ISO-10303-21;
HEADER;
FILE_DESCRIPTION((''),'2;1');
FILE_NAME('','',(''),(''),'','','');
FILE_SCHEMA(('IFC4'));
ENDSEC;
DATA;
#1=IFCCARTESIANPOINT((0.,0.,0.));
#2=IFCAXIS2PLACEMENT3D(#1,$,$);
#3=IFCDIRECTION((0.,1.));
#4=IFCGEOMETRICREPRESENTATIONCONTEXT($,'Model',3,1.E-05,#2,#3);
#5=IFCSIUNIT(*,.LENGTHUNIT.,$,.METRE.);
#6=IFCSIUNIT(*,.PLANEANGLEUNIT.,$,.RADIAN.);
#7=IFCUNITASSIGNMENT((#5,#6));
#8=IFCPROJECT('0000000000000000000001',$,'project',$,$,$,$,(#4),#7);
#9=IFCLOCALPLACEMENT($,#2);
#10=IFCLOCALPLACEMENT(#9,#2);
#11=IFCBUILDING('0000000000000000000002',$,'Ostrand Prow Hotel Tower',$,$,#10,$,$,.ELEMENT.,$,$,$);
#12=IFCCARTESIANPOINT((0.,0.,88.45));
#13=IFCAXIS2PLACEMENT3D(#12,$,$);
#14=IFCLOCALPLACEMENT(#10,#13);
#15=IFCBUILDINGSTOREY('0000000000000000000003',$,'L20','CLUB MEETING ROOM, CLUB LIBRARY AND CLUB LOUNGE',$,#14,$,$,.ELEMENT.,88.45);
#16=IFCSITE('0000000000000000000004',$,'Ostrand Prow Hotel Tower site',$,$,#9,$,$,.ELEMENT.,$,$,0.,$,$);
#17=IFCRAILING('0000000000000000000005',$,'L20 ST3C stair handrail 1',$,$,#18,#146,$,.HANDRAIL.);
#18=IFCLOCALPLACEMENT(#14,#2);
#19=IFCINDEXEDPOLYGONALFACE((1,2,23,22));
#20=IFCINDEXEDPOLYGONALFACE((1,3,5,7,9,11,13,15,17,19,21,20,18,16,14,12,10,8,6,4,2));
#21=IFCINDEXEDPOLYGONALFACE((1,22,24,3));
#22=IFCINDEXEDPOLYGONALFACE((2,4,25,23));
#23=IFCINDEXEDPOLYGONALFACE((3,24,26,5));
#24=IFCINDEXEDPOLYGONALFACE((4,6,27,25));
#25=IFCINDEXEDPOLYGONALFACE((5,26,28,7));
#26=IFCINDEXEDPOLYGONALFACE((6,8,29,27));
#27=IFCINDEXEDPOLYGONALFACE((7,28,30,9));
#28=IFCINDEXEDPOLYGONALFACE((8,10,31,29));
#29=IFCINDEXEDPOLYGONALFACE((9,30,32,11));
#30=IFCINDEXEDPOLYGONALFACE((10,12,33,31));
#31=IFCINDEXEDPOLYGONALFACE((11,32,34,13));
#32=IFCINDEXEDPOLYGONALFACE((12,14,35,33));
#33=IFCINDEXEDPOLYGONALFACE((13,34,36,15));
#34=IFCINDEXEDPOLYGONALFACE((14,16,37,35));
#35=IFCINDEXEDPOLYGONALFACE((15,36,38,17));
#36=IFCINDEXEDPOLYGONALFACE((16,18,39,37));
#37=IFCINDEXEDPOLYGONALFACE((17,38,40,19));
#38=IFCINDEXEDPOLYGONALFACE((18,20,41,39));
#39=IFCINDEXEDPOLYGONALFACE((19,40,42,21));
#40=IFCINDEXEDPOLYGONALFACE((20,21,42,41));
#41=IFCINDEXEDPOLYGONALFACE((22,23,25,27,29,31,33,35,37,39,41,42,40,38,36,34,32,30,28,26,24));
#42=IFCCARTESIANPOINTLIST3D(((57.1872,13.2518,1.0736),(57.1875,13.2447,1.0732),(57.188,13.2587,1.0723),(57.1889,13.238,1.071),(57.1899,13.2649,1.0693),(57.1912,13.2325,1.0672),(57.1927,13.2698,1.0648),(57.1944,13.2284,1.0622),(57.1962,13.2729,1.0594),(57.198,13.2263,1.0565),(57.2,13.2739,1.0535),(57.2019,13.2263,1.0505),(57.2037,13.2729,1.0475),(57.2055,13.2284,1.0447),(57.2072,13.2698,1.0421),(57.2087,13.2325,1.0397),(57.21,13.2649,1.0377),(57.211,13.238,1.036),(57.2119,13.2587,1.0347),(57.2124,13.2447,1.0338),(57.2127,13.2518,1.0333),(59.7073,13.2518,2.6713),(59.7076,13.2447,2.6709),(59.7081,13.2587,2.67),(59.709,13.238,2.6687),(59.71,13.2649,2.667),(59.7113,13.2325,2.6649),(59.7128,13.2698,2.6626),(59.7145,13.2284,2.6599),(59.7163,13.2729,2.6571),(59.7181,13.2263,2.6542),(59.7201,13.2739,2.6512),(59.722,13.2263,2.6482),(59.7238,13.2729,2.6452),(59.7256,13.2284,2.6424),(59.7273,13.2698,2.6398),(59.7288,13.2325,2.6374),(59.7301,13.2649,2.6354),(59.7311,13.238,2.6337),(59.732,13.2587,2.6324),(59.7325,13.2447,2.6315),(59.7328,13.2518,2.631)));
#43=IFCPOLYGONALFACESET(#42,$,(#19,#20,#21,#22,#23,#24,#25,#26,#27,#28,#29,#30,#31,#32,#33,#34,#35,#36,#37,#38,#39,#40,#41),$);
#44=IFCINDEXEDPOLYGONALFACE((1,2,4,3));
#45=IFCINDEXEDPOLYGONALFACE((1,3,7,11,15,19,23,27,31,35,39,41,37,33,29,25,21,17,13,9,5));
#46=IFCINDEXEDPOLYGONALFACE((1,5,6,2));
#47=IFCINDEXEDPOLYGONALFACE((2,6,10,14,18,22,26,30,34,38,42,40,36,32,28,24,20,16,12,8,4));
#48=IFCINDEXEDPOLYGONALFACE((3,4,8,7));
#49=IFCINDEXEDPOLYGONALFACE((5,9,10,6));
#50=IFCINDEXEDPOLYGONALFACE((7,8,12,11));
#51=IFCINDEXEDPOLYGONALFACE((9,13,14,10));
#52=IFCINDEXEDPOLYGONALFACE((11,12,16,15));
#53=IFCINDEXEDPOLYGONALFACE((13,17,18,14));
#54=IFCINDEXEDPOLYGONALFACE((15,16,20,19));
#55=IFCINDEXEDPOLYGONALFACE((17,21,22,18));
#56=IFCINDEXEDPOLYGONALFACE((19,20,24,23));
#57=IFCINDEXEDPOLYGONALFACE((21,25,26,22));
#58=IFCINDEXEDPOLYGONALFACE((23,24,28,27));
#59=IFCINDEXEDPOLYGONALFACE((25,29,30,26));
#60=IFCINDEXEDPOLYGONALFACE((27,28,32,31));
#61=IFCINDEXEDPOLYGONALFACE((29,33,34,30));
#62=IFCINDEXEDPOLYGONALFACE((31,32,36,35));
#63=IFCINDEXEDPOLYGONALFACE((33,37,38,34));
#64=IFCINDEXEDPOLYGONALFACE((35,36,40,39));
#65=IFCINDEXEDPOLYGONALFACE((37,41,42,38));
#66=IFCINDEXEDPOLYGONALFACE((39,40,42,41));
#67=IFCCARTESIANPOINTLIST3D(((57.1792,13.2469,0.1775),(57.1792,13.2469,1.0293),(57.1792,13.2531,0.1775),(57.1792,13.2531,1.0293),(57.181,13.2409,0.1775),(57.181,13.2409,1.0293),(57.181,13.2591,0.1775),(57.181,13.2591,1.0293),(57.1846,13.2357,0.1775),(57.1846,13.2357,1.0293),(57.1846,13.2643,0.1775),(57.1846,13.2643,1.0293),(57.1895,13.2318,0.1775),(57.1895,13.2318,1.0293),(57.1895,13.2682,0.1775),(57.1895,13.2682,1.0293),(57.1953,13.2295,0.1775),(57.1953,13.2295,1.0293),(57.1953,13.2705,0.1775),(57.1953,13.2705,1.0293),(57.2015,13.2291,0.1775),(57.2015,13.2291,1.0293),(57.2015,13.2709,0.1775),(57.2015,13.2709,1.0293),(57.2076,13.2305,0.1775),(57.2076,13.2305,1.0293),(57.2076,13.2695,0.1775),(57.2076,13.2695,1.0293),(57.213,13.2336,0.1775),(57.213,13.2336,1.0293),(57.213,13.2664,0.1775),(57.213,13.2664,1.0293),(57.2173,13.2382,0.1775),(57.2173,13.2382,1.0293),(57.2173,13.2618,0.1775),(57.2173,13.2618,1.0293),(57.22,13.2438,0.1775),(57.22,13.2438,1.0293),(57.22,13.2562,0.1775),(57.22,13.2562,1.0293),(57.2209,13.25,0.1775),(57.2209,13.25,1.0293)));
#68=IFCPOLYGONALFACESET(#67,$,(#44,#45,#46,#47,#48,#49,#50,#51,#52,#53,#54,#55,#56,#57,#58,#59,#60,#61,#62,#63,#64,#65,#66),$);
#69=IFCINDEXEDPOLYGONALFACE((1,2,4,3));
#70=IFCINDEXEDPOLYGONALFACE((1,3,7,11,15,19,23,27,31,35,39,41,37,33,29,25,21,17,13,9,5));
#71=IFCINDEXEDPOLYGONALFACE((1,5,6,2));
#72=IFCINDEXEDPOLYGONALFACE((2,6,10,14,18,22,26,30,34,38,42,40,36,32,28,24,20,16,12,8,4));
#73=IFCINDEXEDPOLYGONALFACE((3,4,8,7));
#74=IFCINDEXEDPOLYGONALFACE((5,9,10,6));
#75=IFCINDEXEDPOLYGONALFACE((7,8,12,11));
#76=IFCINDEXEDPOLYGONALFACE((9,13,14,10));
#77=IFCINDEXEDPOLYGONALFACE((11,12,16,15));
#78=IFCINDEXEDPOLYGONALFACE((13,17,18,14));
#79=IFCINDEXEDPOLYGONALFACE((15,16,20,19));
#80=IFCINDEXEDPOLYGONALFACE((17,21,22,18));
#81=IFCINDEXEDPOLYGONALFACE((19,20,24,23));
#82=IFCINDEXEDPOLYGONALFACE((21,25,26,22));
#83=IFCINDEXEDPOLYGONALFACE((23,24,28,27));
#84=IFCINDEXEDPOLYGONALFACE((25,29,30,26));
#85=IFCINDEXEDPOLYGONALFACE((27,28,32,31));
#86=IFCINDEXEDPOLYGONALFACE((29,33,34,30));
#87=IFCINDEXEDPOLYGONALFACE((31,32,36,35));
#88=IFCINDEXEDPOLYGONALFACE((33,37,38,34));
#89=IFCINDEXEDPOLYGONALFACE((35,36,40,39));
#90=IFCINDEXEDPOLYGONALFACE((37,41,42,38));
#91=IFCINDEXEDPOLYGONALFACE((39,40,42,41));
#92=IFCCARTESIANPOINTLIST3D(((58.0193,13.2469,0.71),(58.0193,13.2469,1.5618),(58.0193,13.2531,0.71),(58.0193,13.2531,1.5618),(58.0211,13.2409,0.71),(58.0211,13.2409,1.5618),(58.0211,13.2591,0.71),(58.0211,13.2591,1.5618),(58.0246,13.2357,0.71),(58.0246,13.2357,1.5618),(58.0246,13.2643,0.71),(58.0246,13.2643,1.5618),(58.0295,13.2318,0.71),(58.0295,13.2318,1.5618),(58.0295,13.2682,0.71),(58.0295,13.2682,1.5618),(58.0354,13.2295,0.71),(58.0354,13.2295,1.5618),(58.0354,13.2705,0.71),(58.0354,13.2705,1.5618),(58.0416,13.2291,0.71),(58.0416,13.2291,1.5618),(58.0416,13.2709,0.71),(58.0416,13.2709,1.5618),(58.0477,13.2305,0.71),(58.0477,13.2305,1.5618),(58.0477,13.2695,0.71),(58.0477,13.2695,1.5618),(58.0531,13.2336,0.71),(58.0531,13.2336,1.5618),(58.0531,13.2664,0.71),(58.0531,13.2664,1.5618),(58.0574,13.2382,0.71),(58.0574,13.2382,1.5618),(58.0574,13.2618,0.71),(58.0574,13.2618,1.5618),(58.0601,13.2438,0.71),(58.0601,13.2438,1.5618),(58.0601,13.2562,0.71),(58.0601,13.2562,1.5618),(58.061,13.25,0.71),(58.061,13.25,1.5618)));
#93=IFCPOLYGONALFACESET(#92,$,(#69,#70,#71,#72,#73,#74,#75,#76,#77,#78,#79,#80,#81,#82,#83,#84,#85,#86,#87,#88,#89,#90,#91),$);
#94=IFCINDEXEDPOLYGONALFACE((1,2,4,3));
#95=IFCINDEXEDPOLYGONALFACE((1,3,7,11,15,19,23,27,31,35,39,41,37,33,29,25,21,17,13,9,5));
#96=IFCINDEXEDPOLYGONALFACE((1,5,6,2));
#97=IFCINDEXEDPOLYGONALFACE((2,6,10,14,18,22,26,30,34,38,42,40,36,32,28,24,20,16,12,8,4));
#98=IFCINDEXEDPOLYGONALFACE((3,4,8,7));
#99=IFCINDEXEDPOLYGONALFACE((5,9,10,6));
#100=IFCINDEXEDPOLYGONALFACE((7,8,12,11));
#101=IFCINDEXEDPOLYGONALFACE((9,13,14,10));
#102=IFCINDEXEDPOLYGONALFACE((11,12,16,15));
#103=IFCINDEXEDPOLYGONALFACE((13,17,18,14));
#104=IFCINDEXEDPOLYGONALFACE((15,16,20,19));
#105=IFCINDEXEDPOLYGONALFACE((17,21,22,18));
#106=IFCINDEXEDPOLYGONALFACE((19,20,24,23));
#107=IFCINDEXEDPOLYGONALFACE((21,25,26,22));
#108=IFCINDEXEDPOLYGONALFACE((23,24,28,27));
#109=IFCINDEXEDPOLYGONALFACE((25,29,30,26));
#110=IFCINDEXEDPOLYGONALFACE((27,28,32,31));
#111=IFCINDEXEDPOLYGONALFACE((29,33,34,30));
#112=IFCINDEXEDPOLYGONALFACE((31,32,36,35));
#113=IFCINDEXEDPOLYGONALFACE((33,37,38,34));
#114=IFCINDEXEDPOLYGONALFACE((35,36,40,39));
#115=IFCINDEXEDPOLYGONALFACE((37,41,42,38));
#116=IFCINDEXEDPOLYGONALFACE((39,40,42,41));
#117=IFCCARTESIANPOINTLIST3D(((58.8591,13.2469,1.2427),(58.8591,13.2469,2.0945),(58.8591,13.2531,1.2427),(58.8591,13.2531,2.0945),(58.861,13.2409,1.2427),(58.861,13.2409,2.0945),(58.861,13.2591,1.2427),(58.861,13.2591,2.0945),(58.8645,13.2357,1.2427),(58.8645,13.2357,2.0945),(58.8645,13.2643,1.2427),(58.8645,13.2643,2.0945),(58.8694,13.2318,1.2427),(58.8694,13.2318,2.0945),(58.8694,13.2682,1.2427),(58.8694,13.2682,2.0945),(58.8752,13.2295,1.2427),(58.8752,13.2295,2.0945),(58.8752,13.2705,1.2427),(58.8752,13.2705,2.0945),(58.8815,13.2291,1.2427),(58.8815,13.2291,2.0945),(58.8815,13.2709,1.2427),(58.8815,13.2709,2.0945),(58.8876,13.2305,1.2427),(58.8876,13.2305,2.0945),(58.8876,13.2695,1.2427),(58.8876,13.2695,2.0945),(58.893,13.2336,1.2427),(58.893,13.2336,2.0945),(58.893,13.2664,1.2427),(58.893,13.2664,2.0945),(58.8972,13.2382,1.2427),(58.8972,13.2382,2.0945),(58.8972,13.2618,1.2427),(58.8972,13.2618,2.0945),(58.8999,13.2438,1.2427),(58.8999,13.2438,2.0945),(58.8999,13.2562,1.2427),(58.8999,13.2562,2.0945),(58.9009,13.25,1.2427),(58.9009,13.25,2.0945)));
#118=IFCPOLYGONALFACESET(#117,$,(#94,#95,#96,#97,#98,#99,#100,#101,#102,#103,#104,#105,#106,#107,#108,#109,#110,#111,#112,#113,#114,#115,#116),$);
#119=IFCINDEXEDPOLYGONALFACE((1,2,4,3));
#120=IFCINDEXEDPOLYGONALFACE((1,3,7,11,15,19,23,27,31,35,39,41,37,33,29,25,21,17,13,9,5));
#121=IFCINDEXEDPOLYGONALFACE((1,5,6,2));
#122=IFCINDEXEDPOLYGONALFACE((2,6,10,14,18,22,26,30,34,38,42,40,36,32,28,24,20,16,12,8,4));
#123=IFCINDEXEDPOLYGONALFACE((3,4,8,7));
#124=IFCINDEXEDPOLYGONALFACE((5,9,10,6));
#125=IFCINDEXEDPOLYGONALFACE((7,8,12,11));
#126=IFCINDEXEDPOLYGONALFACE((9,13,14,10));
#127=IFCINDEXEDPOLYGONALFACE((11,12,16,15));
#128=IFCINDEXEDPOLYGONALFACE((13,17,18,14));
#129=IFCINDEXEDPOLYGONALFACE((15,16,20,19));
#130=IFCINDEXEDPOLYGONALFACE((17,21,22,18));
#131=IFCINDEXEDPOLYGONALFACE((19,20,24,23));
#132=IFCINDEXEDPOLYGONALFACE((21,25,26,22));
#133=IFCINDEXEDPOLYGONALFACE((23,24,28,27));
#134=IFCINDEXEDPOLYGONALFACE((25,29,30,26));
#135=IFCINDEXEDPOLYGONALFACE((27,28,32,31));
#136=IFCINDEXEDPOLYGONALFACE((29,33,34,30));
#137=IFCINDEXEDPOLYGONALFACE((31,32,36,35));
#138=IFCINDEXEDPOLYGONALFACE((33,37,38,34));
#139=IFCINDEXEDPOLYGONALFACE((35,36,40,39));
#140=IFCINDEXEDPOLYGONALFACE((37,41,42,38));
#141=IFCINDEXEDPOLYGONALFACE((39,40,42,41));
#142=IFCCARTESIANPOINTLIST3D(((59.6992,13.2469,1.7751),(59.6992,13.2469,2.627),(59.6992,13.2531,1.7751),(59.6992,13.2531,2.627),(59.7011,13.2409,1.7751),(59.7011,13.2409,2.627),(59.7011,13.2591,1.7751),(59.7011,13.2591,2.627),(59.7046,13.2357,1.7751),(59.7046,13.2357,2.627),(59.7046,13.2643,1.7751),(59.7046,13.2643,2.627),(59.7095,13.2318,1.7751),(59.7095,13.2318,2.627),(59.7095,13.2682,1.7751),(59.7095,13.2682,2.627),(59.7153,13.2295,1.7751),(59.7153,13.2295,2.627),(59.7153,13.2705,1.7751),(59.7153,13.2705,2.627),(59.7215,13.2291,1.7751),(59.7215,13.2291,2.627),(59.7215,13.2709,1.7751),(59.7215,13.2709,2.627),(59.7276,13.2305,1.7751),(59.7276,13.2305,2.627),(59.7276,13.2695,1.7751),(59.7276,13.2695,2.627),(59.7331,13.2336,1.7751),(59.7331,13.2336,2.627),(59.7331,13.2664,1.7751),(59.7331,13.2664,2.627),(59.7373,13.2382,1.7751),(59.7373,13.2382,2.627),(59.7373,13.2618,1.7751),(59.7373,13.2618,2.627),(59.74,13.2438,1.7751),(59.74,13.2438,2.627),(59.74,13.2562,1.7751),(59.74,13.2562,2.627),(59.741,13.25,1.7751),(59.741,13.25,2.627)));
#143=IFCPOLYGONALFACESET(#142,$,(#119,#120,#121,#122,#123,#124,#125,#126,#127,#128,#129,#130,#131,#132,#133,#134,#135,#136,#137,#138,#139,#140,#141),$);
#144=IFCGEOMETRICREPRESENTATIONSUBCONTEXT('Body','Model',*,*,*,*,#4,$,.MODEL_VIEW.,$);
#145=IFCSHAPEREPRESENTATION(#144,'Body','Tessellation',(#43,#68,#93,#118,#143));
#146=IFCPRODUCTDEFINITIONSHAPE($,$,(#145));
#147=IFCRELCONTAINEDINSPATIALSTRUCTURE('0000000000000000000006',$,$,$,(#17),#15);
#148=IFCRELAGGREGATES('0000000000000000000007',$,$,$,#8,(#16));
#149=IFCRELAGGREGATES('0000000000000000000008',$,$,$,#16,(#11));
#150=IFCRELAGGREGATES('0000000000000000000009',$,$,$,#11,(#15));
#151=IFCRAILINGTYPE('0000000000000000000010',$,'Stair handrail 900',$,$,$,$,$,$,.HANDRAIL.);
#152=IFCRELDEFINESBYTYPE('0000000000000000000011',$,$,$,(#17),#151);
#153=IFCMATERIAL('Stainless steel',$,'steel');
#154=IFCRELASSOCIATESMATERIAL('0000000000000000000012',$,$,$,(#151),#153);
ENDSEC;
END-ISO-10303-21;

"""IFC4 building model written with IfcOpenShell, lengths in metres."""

from ifc_helpers import new_model, si_unit, direction, frame, origin, origin_2d, place, context, subcontext, project, spatial, circle, extrude, material, type_object, element, save


model = new_model("IFC4")

# Units and contexts
model_context = context("Model", 3, precision=1e-05, world=origin(), true_north=direction((0.0, 1.0)))
body_context = subcontext(model_context, "Body", "Model", "MODEL_VIEW")
ifc_project = project(units=[si_unit("LENGTHUNIT", "METRE"), si_unit("PLANEANGLEUNIT", "RADIAN")], contexts=[model_context])

# Site, building, storey
site_placement = place(None, origin())
site = spatial("IfcSite", under=ifc_project, at=site_placement, Name="Ostrand Prow Hotel Tower site", CompositionType="ELEMENT", RefElevation=0.0)
building_placement = place(site_placement, origin())
building = spatial("IfcBuilding", under=site, at=building_placement, Name="Ostrand Prow Hotel Tower", CompositionType="ELEMENT")
storey_placement = place(building_placement, frame((0.0, 0.0, 88.45)))
storey = spatial("IfcBuildingStorey", under=building, at=storey_placement, Name="L20", Description="CLUB MEETING ROOM, CLUB LIBRARY AND CLUB LOUNGE", CompositionType="ELEMENT", Elevation=88.45)

# Railing
ifc_material_1 = material(Name="Stainless steel", Category="steel")
railing_type_1 = type_object("IfcRailingType", Name="Stair handrail 900", PredefinedType="HANDRAIL", material=ifc_material_1)
railing_1_placement = place(storey_placement, frame((57.2, 13.25, 0.1775)))
element("IfcRailing", 1, at=railing_1_placement, inside=storey, type_object=railing_type_1, Name="L20 ST3C stair handrail 1", PredefinedType="HANDRAIL", context=body_context, shape_type="SweptSolid", body=[
    extrude(circle(Radius=0.0239, at=origin_2d()), frame((0.0, 0.0, 0.876), z_axis=(0.84457, 0.0, 0.535445), x_axis=(0.0, 1.0, 0.0)), (0.0, 0.0, 1.0), 2.9839),
    extrude(circle(Radius=0.021, at=origin_2d()), origin(), (0.0, 0.0, 1.0), 0.8518),
    extrude(circle(Radius=0.021, at=origin_2d()), frame((0.8401, 0.0, 0.5325)), (0.0, 0.0, 1.0), 0.8518),
    extrude(circle(Radius=0.021, at=origin_2d()), frame((1.6799, 0.0, 1.0652)), (0.0, 0.0, 1.0), 0.8518),
    extrude(circle(Radius=0.021, at=origin_2d()), frame((2.52, 0.0, 1.5977)), (0.0, 0.0, 1.0), 0.8518),
])

save(model, "model.ifc")
